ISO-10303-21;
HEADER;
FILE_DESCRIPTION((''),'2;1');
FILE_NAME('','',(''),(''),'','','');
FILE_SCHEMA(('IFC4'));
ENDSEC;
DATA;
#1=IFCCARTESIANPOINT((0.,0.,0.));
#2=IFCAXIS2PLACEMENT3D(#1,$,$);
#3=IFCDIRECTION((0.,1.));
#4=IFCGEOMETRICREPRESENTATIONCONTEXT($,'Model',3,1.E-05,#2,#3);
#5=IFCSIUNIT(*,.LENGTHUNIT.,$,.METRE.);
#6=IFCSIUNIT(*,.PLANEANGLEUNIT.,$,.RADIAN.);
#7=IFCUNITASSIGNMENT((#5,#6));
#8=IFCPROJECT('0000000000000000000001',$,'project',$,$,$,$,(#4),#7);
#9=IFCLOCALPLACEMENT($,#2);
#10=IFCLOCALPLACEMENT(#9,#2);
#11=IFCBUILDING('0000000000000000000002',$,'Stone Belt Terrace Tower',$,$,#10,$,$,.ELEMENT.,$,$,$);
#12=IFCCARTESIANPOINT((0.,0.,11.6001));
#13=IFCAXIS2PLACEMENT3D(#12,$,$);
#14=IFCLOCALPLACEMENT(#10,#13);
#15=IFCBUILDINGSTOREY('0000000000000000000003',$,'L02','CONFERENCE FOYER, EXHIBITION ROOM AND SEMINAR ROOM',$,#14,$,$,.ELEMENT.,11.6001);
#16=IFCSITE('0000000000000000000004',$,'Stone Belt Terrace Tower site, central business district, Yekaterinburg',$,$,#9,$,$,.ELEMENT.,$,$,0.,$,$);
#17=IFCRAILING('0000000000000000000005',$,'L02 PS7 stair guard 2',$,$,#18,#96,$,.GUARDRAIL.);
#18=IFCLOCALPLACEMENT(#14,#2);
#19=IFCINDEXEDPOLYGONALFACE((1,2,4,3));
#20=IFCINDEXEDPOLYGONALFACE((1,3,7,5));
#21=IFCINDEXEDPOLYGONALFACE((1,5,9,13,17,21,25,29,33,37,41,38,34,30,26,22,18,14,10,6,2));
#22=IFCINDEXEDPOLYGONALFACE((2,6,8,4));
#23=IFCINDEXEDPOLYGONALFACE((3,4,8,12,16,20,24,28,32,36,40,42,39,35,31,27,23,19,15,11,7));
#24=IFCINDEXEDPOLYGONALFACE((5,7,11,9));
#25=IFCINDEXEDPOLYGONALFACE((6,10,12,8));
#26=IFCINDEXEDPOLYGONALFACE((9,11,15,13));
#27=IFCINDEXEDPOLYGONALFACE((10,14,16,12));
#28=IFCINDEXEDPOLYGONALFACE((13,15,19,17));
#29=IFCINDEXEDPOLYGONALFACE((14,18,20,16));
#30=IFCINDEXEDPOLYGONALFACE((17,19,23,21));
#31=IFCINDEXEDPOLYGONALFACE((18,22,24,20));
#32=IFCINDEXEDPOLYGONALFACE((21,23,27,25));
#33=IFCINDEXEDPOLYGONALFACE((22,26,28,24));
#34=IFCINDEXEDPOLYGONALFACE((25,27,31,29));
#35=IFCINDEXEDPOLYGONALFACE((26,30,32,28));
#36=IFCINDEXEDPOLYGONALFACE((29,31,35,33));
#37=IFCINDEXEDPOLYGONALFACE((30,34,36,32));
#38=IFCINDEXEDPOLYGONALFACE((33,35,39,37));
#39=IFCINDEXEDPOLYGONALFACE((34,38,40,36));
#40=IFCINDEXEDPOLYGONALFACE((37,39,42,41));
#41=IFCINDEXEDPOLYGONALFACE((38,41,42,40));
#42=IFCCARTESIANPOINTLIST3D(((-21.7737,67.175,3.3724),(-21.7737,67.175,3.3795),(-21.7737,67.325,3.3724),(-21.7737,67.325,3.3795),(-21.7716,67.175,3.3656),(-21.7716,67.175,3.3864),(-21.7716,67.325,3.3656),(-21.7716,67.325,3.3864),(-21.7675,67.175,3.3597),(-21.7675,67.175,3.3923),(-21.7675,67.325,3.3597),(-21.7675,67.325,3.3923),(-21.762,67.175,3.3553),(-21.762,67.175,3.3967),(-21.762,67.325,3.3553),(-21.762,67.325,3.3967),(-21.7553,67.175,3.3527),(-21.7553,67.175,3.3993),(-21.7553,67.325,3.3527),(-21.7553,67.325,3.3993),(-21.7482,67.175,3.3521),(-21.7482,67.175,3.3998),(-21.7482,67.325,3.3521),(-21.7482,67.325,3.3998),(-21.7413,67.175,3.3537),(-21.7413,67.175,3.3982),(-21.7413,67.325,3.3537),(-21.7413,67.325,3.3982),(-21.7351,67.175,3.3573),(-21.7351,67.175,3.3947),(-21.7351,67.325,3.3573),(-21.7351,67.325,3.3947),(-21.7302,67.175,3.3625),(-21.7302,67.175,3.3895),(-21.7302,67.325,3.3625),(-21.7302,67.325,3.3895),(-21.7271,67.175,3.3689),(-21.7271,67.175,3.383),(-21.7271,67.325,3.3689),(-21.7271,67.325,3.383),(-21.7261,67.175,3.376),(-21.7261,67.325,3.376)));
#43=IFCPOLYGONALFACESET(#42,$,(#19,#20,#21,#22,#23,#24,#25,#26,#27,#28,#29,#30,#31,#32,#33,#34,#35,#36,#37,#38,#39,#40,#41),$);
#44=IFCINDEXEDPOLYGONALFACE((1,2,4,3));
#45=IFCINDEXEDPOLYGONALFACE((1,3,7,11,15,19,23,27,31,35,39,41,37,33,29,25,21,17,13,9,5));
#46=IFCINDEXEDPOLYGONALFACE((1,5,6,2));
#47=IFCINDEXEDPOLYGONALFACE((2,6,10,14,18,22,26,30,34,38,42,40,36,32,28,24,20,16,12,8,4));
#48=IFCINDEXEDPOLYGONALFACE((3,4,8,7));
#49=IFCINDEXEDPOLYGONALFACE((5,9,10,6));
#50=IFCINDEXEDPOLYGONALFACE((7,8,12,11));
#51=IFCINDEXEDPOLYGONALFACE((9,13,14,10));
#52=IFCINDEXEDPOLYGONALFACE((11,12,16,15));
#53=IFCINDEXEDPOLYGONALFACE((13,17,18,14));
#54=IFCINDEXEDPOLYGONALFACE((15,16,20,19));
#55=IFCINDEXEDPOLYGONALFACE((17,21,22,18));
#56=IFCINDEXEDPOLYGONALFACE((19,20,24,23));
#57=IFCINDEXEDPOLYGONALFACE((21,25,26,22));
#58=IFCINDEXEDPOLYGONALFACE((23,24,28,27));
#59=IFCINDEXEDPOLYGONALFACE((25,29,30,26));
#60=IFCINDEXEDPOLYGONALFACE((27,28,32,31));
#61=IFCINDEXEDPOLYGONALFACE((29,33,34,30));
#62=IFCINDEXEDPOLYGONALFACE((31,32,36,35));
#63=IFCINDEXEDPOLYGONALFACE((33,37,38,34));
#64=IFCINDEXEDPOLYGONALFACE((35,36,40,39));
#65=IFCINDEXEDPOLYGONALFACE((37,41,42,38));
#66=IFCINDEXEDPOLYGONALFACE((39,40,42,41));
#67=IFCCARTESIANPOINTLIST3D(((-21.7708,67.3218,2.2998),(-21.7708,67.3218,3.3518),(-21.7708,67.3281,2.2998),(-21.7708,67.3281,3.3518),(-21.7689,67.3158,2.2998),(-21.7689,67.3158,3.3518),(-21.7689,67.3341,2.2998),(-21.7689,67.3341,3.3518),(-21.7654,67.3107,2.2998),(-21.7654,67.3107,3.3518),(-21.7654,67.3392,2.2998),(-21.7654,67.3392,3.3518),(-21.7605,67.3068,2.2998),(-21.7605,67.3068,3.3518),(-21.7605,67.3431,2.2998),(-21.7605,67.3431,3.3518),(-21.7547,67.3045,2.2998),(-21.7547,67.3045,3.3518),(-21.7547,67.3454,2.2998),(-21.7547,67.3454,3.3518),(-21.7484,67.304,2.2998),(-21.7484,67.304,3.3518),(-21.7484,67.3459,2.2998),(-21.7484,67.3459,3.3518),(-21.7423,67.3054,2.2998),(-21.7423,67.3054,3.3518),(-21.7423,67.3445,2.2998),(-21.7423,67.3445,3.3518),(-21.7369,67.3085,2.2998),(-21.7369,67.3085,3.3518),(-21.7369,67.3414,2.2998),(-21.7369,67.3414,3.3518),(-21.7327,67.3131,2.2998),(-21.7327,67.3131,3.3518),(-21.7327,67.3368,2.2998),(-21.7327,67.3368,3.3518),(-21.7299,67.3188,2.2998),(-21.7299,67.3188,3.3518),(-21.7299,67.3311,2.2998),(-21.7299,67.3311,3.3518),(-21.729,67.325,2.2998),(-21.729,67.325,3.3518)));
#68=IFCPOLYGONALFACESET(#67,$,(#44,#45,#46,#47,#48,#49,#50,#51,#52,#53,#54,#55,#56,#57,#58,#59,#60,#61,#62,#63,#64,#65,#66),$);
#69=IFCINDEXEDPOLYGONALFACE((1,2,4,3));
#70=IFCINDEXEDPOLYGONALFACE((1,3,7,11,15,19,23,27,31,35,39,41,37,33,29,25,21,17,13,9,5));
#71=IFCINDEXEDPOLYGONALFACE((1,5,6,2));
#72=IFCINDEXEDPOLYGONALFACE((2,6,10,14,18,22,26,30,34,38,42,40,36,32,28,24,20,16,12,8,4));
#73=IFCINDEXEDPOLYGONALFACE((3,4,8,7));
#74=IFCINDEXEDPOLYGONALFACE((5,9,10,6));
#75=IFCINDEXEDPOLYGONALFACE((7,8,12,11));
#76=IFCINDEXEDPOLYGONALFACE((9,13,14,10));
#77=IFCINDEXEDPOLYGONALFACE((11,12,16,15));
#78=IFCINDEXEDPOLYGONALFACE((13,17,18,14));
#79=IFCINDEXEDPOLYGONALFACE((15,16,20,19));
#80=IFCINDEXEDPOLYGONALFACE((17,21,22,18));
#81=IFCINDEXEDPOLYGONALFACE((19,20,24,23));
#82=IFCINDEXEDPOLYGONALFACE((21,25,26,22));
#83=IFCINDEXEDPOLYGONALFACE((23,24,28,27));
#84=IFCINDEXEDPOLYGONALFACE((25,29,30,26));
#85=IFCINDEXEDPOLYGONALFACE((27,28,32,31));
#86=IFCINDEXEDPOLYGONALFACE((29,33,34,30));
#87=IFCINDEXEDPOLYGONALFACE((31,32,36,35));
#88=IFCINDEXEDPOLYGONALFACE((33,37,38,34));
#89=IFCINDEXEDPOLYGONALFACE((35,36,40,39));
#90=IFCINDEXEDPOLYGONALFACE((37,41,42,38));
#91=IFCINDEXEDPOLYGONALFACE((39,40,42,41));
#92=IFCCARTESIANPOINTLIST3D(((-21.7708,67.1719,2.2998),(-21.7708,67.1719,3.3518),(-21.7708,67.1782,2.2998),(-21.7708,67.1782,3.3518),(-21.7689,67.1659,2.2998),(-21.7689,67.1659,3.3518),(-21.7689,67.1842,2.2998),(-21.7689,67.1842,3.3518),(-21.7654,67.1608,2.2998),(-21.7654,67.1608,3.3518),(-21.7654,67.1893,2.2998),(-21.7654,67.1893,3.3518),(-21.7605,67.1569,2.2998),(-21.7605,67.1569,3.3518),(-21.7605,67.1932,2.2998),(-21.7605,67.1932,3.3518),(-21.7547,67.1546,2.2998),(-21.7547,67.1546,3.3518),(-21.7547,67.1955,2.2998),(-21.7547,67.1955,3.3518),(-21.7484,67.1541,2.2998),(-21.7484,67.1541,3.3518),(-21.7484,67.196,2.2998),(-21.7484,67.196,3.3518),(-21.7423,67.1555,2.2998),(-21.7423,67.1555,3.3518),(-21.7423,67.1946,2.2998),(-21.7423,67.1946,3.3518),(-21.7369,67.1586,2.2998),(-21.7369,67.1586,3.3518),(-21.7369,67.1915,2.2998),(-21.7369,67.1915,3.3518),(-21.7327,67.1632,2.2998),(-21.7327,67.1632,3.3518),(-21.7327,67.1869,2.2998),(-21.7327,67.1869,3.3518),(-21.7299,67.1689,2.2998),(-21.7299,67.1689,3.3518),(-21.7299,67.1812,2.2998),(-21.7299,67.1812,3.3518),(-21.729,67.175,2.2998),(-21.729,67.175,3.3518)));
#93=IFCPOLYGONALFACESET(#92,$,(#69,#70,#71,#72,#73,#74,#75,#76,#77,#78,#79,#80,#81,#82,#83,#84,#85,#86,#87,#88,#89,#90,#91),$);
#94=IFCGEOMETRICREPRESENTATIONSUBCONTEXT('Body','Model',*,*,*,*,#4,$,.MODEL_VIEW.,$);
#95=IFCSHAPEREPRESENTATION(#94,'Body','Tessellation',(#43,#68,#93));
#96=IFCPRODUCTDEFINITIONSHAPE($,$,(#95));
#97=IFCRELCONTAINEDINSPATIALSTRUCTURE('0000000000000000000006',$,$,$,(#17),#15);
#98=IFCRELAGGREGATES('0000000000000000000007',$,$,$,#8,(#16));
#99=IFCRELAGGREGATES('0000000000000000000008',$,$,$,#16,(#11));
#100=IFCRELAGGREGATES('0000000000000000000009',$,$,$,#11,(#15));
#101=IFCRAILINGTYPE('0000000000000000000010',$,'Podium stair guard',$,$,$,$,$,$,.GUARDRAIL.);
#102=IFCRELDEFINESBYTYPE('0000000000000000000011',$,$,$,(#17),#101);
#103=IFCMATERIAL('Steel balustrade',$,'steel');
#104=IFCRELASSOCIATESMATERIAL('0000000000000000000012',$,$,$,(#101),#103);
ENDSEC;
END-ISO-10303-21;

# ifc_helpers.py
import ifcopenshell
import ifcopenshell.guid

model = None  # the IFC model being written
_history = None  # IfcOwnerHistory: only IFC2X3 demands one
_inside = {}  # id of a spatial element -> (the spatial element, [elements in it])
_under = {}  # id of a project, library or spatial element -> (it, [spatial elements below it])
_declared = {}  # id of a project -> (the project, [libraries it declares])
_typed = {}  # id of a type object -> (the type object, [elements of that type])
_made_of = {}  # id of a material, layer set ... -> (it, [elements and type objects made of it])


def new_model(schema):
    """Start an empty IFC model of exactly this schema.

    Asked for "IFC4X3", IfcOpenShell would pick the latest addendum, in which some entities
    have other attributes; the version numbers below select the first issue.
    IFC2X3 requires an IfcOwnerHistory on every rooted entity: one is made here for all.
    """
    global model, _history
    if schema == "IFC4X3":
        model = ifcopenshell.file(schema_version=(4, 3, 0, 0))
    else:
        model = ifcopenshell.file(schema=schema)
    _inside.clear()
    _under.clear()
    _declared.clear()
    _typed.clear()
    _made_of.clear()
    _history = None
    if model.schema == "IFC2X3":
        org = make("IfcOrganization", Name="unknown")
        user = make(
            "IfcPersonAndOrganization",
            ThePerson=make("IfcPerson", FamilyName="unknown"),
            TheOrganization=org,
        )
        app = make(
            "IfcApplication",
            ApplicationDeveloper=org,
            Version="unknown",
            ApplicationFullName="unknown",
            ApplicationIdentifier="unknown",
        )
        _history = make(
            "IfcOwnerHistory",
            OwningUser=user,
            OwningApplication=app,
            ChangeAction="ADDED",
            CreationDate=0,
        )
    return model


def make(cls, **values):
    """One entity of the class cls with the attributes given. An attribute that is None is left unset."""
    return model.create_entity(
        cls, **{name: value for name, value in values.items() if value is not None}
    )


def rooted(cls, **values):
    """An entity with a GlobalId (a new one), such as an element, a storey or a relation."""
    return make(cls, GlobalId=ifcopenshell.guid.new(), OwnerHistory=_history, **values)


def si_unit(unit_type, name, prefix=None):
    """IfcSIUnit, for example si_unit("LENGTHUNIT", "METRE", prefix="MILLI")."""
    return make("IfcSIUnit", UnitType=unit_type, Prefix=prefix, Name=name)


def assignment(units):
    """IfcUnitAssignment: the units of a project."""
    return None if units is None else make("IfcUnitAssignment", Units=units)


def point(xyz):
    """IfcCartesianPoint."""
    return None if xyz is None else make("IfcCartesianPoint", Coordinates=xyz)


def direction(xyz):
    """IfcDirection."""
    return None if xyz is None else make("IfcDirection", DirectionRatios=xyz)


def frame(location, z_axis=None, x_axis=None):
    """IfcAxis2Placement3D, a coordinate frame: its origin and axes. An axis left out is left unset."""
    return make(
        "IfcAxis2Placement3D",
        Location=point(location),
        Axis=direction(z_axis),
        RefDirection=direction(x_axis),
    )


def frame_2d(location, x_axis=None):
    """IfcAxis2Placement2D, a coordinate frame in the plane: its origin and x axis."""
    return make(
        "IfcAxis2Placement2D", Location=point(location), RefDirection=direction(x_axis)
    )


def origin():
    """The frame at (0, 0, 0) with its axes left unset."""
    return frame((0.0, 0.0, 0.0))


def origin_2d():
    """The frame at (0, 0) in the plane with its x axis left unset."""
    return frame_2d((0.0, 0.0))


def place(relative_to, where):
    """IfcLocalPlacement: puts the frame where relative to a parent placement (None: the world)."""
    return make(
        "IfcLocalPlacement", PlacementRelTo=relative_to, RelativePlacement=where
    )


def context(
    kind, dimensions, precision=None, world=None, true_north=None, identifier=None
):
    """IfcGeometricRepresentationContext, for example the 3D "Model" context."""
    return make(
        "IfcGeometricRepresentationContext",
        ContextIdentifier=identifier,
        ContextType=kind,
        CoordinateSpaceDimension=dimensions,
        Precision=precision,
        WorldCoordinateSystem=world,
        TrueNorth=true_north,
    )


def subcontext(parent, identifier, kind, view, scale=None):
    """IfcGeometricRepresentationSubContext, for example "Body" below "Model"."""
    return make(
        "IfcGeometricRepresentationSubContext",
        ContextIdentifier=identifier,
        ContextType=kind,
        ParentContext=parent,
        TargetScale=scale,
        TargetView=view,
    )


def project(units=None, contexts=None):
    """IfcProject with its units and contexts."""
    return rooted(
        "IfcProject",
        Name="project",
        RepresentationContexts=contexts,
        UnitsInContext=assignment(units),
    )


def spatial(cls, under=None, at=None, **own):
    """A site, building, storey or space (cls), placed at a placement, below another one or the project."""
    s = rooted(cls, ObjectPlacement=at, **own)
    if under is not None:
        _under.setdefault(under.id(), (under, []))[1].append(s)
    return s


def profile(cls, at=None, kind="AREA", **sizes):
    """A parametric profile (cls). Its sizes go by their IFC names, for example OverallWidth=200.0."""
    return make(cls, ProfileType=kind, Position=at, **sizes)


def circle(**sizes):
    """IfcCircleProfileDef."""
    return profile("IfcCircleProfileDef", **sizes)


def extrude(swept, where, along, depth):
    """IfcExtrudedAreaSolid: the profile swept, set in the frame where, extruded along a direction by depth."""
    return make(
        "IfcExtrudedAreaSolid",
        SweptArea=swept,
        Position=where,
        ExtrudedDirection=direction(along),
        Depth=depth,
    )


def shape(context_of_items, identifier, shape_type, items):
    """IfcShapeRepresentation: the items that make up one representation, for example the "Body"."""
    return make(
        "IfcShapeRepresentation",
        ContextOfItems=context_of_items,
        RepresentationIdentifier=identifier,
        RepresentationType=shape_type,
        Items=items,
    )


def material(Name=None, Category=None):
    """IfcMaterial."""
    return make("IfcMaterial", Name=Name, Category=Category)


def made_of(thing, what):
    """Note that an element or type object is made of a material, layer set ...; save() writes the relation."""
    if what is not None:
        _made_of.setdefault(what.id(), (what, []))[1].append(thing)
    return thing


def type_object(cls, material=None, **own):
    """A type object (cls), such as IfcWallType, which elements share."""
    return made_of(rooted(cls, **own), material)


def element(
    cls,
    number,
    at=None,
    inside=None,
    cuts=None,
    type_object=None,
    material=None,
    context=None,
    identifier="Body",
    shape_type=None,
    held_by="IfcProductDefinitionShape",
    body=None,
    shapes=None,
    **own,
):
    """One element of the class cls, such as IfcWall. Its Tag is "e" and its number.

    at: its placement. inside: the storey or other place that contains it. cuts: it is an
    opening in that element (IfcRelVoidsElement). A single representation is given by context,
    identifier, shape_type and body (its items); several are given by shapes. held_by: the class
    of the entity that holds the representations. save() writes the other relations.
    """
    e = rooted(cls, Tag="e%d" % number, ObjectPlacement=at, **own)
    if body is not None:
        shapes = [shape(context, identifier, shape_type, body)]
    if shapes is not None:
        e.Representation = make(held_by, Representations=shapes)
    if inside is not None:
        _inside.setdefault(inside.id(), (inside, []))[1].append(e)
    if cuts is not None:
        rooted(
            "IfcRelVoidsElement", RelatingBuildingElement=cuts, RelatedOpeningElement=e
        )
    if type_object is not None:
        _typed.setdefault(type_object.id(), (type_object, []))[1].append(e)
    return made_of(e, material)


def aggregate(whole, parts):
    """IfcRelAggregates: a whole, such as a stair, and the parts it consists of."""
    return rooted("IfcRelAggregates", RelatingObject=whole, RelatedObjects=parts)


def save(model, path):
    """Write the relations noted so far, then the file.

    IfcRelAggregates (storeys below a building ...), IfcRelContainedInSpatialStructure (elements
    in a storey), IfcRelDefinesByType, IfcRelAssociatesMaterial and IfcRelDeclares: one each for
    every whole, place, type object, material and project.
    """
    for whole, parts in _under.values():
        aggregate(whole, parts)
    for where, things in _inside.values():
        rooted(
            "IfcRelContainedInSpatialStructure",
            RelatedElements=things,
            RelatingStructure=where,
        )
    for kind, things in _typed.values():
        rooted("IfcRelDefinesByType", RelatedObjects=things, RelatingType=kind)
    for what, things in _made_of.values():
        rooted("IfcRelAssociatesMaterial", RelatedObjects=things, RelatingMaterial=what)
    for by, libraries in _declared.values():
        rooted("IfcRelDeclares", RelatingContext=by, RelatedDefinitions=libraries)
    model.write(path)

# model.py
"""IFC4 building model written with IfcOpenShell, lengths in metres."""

from ifc_helpers import new_model, si_unit, direction, frame, origin, origin_2d, place, context, subcontext, project, spatial, circle, extrude, material, type_object, element, save


model = new_model("IFC4")

# Units and contexts
model_context = context("Model", 3, precision=1e-05, world=origin(), true_north=direction((0.0, 1.0)))
body_context = subcontext(model_context, "Body", "Model", "MODEL_VIEW")
ifc_project = project(units=[si_unit("LENGTHUNIT", "METRE"), si_unit("PLANEANGLEUNIT", "RADIAN")], contexts=[model_context])

# Site, building, storey
site_placement = place(None, origin())
site = spatial("IfcSite", under=ifc_project, at=site_placement, Name="Stone Belt Terrace Tower site, central business district, Yekaterinburg", CompositionType="ELEMENT", RefElevation=0.0)
building_placement = place(site_placement, origin())
building = spatial("IfcBuilding", under=site, at=building_placement, Name="Stone Belt Terrace Tower", CompositionType="ELEMENT")
storey_placement = place(building_placement, frame((0.0, 0.0, 11.6001)))
storey = spatial("IfcBuildingStorey", under=building, at=storey_placement, Name="L02", Description="CONFERENCE FOYER, EXHIBITION ROOM AND SEMINAR ROOM", CompositionType="ELEMENT", Elevation=11.6001)

# Railing
ifc_material_1 = material(Name="Steel balustrade", Category="steel")
railing_type_1 = type_object("IfcRailingType", Name="Podium stair guard", PredefinedType="GUARDRAIL", material=ifc_material_1)
railing_1_placement = place(storey_placement, frame((-21.75, 67.325, 2.2998)))
element("IfcRailing", 1, at=railing_1_placement, inside=storey, type_object=railing_type_1, Name="L02 PS7 stair guard 2", PredefinedType="GUARDRAIL", context=body_context, shape_type="SweptSolid", body=[
    extrude(circle(Radius=0.0239, at=origin_2d()), frame((0.0, 0.0, 1.0762), z_axis=(0.0, -1.0, 0.0), x_axis=(1.0, 0.0, 0.0)), (0.0, 0.0, 1.0), 0.1499),
    extrude(circle(Radius=0.021, at=origin_2d()), origin(), (0.0, 0.0, 1.0), 1.052),
    extrude(circle(Radius=0.021, at=origin_2d()), frame((0.0, -0.1499, 0.0)), (0.0, 0.0, 1.0), 1.052),
])

save(model, "model.ifc")
